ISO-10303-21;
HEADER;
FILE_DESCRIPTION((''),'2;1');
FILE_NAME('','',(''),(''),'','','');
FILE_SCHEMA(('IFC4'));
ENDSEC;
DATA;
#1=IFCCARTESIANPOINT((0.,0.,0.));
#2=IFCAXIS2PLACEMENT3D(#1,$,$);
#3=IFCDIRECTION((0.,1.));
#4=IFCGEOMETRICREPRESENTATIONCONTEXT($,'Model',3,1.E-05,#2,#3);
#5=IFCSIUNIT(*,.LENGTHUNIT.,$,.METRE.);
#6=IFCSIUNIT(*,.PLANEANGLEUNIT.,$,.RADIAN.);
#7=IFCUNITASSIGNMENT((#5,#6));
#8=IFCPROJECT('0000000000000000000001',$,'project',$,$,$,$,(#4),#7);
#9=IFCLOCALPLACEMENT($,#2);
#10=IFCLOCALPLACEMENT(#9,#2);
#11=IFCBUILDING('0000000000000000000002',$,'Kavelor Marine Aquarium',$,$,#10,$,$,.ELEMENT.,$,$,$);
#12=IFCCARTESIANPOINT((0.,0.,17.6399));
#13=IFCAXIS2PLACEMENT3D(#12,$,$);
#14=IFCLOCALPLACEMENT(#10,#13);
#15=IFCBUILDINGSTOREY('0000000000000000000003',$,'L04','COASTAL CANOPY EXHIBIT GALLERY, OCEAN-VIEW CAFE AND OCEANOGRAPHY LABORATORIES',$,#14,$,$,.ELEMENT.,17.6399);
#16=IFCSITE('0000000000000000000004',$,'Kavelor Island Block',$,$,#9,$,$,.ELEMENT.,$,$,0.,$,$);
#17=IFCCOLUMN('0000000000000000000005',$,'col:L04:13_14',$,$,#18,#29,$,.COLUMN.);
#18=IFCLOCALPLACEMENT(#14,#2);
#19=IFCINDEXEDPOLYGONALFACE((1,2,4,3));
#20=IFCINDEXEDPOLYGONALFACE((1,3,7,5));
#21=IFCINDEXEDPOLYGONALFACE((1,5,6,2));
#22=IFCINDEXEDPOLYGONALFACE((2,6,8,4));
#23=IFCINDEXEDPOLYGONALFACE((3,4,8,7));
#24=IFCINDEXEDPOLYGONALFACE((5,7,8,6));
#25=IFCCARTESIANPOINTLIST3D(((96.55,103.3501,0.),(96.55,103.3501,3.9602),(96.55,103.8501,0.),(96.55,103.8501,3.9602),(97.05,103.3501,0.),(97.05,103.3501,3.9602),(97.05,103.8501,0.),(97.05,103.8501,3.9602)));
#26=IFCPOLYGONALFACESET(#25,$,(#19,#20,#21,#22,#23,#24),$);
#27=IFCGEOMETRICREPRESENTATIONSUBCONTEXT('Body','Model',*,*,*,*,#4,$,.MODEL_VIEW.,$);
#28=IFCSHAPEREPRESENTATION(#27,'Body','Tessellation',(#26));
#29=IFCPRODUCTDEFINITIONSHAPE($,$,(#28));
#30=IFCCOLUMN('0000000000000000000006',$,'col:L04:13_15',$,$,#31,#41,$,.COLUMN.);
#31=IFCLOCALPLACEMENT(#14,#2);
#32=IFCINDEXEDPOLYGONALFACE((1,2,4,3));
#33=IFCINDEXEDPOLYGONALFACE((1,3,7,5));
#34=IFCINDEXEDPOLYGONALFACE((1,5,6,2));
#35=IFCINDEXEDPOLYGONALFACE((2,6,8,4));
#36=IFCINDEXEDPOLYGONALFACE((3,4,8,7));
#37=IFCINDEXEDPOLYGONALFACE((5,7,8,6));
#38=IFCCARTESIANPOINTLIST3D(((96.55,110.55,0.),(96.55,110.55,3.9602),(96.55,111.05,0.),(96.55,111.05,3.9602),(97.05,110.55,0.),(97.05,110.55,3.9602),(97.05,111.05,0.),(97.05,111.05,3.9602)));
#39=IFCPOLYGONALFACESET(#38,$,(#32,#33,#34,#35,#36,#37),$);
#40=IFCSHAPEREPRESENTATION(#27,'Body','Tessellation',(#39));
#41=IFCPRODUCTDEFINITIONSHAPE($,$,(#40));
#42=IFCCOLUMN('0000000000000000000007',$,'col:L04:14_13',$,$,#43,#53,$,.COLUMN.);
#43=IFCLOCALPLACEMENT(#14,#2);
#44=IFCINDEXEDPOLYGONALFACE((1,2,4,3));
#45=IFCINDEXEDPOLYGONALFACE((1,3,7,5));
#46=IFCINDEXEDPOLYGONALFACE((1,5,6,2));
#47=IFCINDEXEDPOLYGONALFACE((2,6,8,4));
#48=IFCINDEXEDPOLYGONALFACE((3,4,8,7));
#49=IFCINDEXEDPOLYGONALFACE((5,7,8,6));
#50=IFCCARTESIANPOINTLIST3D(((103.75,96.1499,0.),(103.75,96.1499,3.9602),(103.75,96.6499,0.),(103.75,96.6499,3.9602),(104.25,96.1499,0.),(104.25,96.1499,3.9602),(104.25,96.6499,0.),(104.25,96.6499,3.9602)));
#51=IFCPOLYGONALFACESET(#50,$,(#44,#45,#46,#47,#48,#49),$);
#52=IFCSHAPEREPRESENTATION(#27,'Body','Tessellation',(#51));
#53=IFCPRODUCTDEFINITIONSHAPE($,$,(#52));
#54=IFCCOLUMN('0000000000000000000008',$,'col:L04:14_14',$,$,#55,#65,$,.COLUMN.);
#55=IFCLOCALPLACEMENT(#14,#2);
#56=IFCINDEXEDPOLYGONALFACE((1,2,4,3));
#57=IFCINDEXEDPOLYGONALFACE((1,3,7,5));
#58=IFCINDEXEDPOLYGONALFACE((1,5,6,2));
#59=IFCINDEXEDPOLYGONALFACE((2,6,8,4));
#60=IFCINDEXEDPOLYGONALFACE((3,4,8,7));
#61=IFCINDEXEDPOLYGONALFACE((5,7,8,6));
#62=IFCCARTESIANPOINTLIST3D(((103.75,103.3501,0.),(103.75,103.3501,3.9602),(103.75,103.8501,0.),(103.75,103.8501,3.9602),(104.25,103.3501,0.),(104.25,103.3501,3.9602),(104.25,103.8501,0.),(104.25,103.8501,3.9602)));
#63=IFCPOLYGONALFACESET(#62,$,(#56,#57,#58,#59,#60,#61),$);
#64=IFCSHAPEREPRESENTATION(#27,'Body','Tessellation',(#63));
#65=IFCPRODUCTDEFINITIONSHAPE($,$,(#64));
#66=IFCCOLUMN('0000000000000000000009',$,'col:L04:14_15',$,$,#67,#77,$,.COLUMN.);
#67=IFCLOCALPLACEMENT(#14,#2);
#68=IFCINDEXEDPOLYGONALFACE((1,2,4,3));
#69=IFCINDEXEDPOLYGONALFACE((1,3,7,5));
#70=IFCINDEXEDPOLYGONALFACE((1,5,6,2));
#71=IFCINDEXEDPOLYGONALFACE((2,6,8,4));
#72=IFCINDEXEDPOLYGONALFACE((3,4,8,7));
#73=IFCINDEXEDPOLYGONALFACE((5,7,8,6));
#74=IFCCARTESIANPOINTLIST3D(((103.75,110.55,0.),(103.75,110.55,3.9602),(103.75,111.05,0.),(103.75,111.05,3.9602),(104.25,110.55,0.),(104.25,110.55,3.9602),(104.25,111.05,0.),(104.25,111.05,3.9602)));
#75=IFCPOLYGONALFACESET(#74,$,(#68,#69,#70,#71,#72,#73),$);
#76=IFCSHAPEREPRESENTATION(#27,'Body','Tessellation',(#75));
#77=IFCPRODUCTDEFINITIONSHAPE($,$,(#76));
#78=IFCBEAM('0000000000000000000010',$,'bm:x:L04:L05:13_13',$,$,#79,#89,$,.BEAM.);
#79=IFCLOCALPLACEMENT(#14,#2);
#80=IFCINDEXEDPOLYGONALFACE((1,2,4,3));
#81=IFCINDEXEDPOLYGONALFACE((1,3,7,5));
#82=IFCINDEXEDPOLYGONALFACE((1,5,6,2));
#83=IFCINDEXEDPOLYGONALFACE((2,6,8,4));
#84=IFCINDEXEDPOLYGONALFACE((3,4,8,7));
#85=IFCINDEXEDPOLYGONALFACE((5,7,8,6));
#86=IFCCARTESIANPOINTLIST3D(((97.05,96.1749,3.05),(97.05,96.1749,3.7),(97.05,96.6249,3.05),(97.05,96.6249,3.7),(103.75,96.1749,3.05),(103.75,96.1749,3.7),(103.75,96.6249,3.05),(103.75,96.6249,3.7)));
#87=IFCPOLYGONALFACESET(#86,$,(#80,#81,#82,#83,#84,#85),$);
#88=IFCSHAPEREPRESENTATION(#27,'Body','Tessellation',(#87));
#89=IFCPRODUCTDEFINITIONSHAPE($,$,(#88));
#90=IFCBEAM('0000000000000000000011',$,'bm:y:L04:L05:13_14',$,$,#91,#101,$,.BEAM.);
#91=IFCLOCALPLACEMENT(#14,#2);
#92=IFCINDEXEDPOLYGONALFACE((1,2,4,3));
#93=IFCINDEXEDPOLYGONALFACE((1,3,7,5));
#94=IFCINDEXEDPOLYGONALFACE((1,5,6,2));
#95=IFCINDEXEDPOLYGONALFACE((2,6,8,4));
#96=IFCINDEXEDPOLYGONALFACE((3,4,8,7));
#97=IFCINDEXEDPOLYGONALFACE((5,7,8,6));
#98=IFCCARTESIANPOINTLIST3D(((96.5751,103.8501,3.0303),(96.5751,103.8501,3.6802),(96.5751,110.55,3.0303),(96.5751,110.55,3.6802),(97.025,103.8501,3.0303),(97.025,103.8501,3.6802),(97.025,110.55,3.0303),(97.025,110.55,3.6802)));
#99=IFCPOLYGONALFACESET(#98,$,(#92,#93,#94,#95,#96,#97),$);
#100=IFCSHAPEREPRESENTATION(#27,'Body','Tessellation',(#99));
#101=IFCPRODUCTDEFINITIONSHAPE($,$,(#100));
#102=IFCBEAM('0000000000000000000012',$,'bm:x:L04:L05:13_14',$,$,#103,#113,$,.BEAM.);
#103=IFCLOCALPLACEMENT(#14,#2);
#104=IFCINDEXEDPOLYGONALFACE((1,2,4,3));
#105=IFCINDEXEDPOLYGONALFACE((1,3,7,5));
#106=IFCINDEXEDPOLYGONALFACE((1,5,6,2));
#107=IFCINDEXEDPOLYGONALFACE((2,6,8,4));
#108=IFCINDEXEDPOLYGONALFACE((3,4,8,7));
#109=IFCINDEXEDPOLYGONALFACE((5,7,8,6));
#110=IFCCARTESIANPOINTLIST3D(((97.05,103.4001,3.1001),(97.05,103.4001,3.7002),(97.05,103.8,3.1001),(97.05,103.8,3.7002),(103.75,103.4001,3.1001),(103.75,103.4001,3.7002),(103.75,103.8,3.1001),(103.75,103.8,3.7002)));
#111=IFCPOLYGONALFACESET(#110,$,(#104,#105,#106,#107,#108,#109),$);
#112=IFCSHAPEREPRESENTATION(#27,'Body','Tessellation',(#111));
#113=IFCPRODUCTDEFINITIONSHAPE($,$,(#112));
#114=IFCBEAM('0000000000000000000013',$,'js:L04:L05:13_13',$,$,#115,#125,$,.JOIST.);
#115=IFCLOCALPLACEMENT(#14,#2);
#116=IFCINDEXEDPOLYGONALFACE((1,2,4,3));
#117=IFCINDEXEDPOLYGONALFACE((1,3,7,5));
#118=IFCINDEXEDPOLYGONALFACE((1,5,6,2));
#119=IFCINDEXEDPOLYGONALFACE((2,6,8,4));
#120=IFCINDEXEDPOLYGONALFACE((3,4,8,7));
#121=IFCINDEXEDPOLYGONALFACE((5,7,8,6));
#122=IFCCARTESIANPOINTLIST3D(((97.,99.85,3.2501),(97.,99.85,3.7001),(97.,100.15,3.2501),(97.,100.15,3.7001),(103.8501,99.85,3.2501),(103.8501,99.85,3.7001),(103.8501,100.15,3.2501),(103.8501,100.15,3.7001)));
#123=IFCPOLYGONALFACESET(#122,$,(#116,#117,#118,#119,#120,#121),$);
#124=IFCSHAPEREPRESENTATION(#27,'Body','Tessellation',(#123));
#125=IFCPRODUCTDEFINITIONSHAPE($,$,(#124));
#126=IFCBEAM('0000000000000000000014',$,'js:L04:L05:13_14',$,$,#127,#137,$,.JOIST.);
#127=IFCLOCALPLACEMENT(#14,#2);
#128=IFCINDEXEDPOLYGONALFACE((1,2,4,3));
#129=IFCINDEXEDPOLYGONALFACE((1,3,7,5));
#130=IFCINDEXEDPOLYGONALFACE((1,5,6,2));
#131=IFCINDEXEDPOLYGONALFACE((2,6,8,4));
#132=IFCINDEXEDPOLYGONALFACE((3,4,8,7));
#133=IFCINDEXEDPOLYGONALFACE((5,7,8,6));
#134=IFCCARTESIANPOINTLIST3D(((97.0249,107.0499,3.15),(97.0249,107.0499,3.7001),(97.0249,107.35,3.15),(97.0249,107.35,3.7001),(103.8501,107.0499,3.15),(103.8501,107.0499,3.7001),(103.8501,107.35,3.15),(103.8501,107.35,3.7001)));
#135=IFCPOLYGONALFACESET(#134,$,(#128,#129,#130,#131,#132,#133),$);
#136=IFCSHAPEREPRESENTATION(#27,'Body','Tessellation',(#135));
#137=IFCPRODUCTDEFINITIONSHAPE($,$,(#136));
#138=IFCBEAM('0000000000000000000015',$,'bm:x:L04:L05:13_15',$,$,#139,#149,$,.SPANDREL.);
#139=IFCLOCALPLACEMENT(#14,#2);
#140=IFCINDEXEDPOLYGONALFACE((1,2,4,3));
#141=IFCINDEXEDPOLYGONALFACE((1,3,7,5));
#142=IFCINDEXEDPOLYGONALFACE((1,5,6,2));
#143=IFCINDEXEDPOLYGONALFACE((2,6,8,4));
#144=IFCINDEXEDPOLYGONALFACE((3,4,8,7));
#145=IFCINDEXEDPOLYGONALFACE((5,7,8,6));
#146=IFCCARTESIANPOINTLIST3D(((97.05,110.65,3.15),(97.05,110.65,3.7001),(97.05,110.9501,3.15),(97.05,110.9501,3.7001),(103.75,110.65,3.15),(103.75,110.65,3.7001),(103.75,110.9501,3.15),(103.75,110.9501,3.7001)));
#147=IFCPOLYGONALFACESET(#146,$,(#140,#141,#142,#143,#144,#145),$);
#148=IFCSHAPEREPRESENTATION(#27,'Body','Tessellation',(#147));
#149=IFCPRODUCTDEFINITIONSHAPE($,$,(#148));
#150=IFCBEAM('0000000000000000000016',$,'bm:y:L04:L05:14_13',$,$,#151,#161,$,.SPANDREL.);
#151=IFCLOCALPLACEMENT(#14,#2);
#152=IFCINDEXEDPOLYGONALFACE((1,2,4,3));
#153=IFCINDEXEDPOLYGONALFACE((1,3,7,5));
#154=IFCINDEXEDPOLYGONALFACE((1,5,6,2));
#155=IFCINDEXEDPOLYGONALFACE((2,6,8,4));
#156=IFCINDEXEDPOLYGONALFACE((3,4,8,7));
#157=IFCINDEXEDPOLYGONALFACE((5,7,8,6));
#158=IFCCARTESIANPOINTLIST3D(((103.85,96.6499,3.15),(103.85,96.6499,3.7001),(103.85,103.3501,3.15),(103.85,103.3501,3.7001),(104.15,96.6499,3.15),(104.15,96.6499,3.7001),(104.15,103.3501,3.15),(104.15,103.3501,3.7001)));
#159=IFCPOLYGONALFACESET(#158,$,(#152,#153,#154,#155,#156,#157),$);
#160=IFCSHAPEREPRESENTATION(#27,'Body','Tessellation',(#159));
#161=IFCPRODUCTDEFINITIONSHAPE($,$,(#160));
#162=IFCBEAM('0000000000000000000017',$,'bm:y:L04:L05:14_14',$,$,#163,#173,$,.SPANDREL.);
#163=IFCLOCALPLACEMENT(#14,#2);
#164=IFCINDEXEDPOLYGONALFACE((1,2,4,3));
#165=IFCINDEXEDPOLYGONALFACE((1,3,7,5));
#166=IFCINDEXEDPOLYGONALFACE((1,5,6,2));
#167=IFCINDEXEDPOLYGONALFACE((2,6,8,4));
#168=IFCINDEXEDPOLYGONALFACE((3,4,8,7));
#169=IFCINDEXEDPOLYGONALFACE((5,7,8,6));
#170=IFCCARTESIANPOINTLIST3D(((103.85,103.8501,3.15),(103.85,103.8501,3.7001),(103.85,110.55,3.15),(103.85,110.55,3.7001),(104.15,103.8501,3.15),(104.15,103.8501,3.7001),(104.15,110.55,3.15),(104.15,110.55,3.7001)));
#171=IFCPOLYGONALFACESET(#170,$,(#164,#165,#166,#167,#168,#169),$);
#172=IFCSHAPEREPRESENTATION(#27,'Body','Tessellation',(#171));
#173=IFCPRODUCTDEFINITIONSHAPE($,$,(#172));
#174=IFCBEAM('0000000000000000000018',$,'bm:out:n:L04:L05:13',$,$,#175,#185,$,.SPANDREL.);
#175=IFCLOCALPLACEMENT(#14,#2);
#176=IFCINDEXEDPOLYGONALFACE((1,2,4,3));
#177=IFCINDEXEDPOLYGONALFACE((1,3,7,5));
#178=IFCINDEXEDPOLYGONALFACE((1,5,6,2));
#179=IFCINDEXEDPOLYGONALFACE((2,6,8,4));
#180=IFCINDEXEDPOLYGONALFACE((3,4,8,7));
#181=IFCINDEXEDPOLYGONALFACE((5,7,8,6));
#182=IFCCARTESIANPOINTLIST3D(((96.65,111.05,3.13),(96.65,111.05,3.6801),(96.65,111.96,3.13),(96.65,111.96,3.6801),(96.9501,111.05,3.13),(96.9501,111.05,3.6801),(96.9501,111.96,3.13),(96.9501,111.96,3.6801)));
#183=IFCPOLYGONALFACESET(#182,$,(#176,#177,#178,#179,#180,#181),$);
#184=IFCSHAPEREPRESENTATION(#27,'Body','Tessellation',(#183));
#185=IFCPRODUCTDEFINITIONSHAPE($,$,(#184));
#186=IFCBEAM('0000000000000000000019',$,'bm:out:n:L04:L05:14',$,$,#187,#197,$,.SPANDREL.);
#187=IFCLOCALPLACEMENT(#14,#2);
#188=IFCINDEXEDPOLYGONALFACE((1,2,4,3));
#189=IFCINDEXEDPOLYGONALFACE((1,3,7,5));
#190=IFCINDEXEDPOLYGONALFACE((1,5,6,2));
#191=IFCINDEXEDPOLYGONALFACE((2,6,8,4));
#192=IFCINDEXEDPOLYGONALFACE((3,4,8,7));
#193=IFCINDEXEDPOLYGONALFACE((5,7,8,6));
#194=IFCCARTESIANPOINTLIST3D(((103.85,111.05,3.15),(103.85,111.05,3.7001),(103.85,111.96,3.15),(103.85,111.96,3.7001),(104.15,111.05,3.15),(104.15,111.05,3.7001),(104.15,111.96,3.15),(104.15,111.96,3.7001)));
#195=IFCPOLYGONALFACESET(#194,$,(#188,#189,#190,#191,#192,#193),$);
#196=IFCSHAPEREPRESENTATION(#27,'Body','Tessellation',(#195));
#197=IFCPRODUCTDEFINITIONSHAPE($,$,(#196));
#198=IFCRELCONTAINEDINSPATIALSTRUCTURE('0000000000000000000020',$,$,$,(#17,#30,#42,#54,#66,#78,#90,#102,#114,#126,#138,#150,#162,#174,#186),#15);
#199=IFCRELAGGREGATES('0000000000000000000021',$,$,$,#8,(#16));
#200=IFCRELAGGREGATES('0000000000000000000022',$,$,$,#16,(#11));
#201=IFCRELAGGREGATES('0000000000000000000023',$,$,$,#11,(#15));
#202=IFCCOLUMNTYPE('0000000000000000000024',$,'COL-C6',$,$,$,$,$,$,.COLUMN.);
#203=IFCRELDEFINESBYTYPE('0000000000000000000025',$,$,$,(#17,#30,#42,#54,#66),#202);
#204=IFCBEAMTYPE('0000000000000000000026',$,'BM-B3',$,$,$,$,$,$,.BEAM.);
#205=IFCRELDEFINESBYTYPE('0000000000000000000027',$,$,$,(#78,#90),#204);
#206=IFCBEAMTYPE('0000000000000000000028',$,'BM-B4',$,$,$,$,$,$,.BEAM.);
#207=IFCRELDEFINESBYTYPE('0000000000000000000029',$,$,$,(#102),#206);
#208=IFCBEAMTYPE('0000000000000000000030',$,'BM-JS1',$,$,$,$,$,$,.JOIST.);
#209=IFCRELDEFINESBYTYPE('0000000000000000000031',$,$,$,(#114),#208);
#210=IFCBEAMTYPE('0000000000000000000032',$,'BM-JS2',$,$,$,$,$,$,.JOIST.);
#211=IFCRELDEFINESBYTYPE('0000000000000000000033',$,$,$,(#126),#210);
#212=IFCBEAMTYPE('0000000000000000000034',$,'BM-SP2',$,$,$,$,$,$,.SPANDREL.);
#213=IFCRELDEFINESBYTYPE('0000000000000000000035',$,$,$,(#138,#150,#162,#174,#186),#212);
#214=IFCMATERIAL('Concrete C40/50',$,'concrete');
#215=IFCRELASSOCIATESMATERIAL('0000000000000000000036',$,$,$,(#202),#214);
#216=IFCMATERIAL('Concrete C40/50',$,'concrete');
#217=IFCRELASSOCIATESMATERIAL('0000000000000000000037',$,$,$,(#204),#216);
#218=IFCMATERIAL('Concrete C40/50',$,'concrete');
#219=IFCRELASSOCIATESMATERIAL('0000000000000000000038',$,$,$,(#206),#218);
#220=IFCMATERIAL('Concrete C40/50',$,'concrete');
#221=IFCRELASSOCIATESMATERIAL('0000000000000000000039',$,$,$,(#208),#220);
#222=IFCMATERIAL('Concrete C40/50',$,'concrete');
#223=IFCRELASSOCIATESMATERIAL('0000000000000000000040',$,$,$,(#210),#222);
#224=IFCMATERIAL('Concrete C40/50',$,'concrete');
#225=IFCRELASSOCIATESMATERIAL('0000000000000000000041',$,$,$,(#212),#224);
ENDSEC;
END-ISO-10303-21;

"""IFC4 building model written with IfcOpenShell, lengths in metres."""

from ifc_helpers import new_model, si_unit, direction, frame, origin, origin_2d, place, context, subcontext, project, spatial, rectangle, extrude, material, material_profile, profile_set, type_object, element, save


model = new_model("IFC4")

# Units and contexts
model_context = context("Model", 3, precision=1e-05, world=origin(), true_north=direction((0.0, 1.0)))
body_context = subcontext(model_context, "Body", "Model", "MODEL_VIEW")
ifc_project = project(units=[si_unit("LENGTHUNIT", "METRE"), si_unit("PLANEANGLEUNIT", "RADIAN")], contexts=[model_context])

# Site, building, storey
site_placement = place(None, origin())
site = spatial("IfcSite", under=ifc_project, at=site_placement, Name="Kavelor Island Block", CompositionType="ELEMENT", RefElevation=0.0)
building_placement = place(site_placement, origin())
building = spatial("IfcBuilding", under=site, at=building_placement, Name="Kavelor Marine Aquarium", CompositionType="ELEMENT")
storey_placement = place(building_placement, frame((0.0, 0.0, 17.6399)))
storey = spatial("IfcBuildingStorey", under=building, at=storey_placement, Name="L04", Description="COASTAL CANOPY EXHIBIT GALLERY, OCEAN-VIEW CAFE AND OCEANOGRAPHY LABORATORIES", CompositionType="ELEMENT", Elevation=17.6399)

# Columns
ifc_material_1 = material(Name="Concrete C40/50", Category="concrete")
ifc_material_profile_1 = material_profile(ifc_material_1, rectangle(XDim=0.5, YDim=0.5, at=origin_2d()), Name="RC-COL 500x500")
ifc_profile_set_1 = profile_set([ifc_material_profile_1], Name="Concrete C40/50")
column_type = type_object("IfcColumnType", Name="COL-C6", PredefinedType="COLUMN", material=ifc_profile_set_1)
for number, where, z_axis, x_axis, name in (
    (1, (96.8, 103.6001, 0.0), (0.0, 0.0, 1.0), (1.0, 0.0, 0.0), "col:L04:13_14"),
    (2, (96.8, 110.8, 0.0), (0.0, 0.0, 1.0), (1.0, 0.0, 0.0), "col:L04:13_15"),
    (3, (104.0, 96.3999, 0.0), (0.0, 0.0, 1.0), (1.0, 0.0, 0.0), "col:L04:14_13"),
    (4, (104.0, 103.6001, 0.0), (0.0, 0.0, 1.0), (1.0, 0.0, 0.0), "col:L04:14_14"),
    (5, (104.0, 110.8, 0.0), (0.0, 0.0, 1.0), (1.0, 0.0, 0.0), "col:L04:14_15"),
):
    element("IfcColumn", number, at=place(storey_placement, frame(where, z_axis=z_axis, x_axis=x_axis)), inside=storey, type_object=column_type, Name=name, PredefinedType="COLUMN", context=body_context, shape_type="SweptSolid", body=[
        extrude(rectangle(XDim=0.5, YDim=0.5, at=origin_2d()), origin(), (0.0, 0.0, 1.0), 3.9602),
    ])

# Beams
ifc_material_2 = material(Name="Concrete C40/50", Category="concrete")
ifc_material_profile_2 = material_profile(ifc_material_2, rectangle(XDim=0.45, YDim=0.6499, at=origin_2d()), Name="RC-BM 450x650")
ifc_profile_set_2 = profile_set([ifc_material_profile_2], Name="Concrete C40/50")
beam_type_1 = type_object("IfcBeamType", Name="BM-B3", PredefinedType="BEAM", material=ifc_profile_set_2)
for number, where, z_axis, x_axis, name in (
    (6, (97.05, 96.3999, 3.375), (1.0, 0.0, 0.0), (0.0, 1.0, 0.0), "bm:x:L04:L05:13_13"),
    (7, (96.8, 103.8501, 3.3552), (0.0, 1.0, 0.0), (-1.0, 0.0, 0.0), "bm:y:L04:L05:13_14"),
):
    element("IfcBeam", number, at=place(storey_placement, frame(where, z_axis=z_axis, x_axis=x_axis)), inside=storey, type_object=beam_type_1, Name=name, PredefinedType="BEAM", context=body_context, shape_type="SweptSolid", body=[
        extrude(rectangle(XDim=0.45, YDim=0.6499, at=origin_2d()), origin(), (0.0, 0.0, 1.0), 6.7),
    ])
ifc_material_3 = material(Name="Concrete C40/50", Category="concrete")
ifc_material_profile_3 = material_profile(ifc_material_3, rectangle(XDim=0.3999, YDim=0.6001, at=origin_2d()), Name="RC-BM 400x600")
ifc_profile_set_3 = profile_set([ifc_material_profile_3], Name="Concrete C40/50")
beam_type_2 = type_object("IfcBeamType", Name="BM-B4", PredefinedType="BEAM", material=ifc_profile_set_3)
beam_1_placement = place(storey_placement, frame((97.05, 103.6001, 3.4001), z_axis=(1.0, 0.0, 0.0), x_axis=(0.0, 1.0, 0.0)))
element("IfcBeam", 8, at=beam_1_placement, inside=storey, type_object=beam_type_2, Name="bm:x:L04:L05:13_14", PredefinedType="BEAM", context=body_context, shape_type="SweptSolid", body=[
    extrude(rectangle(XDim=0.3999, YDim=0.6001, at=origin_2d()), origin(), (0.0, 0.0, 1.0), 6.7),
])
ifc_material_4 = material(Name="Concrete C40/50", Category="concrete")
ifc_material_profile_4 = material_profile(ifc_material_4, rectangle(XDim=0.3, YDim=0.45, at=origin_2d()), Name="RC-JS 300x450")
ifc_profile_set_4 = profile_set([ifc_material_profile_4], Name="Concrete C40/50")
beam_type_3 = type_object("IfcBeamType", Name="BM-JS1", PredefinedType="JOIST", material=ifc_profile_set_4)
beam_2_placement = place(storey_placement, frame((97.0, 100.0, 3.4751), z_axis=(1.0, 0.0, 0.0), x_axis=(0.0, 1.0, 0.0)))
element("IfcBeam", 9, at=beam_2_placement, inside=storey, type_object=beam_type_3, Name="js:L04:L05:13_13", PredefinedType="JOIST", context=body_context, shape_type="SweptSolid", body=[
    extrude(rectangle(XDim=0.3, YDim=0.45, at=origin_2d()), origin(), (0.0, 0.0, 1.0), 6.8501),
])
ifc_material_5 = material(Name="Concrete C40/50", Category="concrete")
ifc_material_profile_5 = material_profile(ifc_material_5, rectangle(XDim=0.3, YDim=0.55, at=origin_2d()), Name="RC-JS 300x550")
ifc_profile_set_5 = profile_set([ifc_material_profile_5], Name="Concrete C40/50")
beam_type_4 = type_object("IfcBeamType", Name="BM-JS2", PredefinedType="JOIST", material=ifc_profile_set_5)
beam_3_placement = place(storey_placement, frame((97.0249, 107.2, 3.425), z_axis=(1.0, 0.0, 0.0), x_axis=(0.0, 1.0, 0.0)))
element("IfcBeam", 10, at=beam_3_placement, inside=storey, type_object=beam_type_4, Name="js:L04:L05:13_14", PredefinedType="JOIST", context=body_context, shape_type="SweptSolid", body=[
    extrude(rectangle(XDim=0.3, YDim=0.55, at=origin_2d()), origin(), (0.0, 0.0, 1.0), 6.8252),
])
ifc_material_6 = material(Name="Concrete C40/50", Category="concrete")
ifc_material_profile_6 = material_profile(ifc_material_6, rectangle(XDim=0.3, YDim=0.55, at=origin_2d()), Name="RC-SP 300x550")
ifc_profile_set_6 = profile_set([ifc_material_profile_6], Name="Concrete C40/50")
beam_type_5 = type_object("IfcBeamType", Name="BM-SP2", PredefinedType="SPANDREL", material=ifc_profile_set_6)
beam_4_placement = place(storey_placement, frame((97.05, 110.8, 3.425), z_axis=(1.0, 0.0, 0.0), x_axis=(0.0, 1.0, 0.0)))
element("IfcBeam", 11, at=beam_4_placement, inside=storey, type_object=beam_type_5, Name="bm:x:L04:L05:13_15", PredefinedType="SPANDREL", context=body_context, shape_type="SweptSolid", body=[
    extrude(rectangle(XDim=0.3, YDim=0.55, at=origin_2d()), origin(), (0.0, 0.0, 1.0), 6.7),
])
beam_5_placement = place(storey_placement, frame((104.0, 96.6499, 3.425), z_axis=(0.0, 1.0, 0.0), x_axis=(-1.0, 0.0, 0.0)))
element("IfcBeam", 12, at=beam_5_placement, inside=storey, type_object=beam_type_5, Name="bm:y:L04:L05:14_13", PredefinedType="SPANDREL", context=body_context, shape_type="SweptSolid", body=[
    extrude(rectangle(XDim=0.3, YDim=0.55, at=origin_2d()), origin(), (0.0, 0.0, 1.0), 6.7002),
])
beam_6_placement = place(storey_placement, frame((104.0, 103.8501, 3.425), z_axis=(0.0, 1.0, 0.0), x_axis=(-1.0, 0.0, 0.0)))
element("IfcBeam", 13, at=beam_6_placement, inside=storey, type_object=beam_type_5, Name="bm:y:L04:L05:14_14", PredefinedType="SPANDREL", context=body_context, shape_type="SweptSolid", body=[
    extrude(rectangle(XDim=0.3, YDim=0.55, at=origin_2d()), origin(), (0.0, 0.0, 1.0), 6.7),
])
for number, where, z_axis, x_axis, name in (
    (14, (96.8, 111.05, 3.405), (0.0, 1.0, 0.0), (-1.0, 0.0, 0.0), "bm:out:n:L04:L05:13"),
    (15, (104.0, 111.05, 3.425), (0.0, 1.0, 0.0), (-1.0, 0.0, 0.0), "bm:out:n:L04:L05:14"),
):
    element("IfcBeam", number, at=place(storey_placement, frame(where, z_axis=z_axis, x_axis=x_axis)), inside=storey, type_object=beam_type_5, Name=name, PredefinedType="SPANDREL", context=body_context, shape_type="SweptSolid", body=[
        extrude(rectangle(XDim=0.3, YDim=0.55, at=origin_2d()), origin(), (0.0, 0.0, 1.0), 0.9099),
    ])

save(model, "model.ifc")
